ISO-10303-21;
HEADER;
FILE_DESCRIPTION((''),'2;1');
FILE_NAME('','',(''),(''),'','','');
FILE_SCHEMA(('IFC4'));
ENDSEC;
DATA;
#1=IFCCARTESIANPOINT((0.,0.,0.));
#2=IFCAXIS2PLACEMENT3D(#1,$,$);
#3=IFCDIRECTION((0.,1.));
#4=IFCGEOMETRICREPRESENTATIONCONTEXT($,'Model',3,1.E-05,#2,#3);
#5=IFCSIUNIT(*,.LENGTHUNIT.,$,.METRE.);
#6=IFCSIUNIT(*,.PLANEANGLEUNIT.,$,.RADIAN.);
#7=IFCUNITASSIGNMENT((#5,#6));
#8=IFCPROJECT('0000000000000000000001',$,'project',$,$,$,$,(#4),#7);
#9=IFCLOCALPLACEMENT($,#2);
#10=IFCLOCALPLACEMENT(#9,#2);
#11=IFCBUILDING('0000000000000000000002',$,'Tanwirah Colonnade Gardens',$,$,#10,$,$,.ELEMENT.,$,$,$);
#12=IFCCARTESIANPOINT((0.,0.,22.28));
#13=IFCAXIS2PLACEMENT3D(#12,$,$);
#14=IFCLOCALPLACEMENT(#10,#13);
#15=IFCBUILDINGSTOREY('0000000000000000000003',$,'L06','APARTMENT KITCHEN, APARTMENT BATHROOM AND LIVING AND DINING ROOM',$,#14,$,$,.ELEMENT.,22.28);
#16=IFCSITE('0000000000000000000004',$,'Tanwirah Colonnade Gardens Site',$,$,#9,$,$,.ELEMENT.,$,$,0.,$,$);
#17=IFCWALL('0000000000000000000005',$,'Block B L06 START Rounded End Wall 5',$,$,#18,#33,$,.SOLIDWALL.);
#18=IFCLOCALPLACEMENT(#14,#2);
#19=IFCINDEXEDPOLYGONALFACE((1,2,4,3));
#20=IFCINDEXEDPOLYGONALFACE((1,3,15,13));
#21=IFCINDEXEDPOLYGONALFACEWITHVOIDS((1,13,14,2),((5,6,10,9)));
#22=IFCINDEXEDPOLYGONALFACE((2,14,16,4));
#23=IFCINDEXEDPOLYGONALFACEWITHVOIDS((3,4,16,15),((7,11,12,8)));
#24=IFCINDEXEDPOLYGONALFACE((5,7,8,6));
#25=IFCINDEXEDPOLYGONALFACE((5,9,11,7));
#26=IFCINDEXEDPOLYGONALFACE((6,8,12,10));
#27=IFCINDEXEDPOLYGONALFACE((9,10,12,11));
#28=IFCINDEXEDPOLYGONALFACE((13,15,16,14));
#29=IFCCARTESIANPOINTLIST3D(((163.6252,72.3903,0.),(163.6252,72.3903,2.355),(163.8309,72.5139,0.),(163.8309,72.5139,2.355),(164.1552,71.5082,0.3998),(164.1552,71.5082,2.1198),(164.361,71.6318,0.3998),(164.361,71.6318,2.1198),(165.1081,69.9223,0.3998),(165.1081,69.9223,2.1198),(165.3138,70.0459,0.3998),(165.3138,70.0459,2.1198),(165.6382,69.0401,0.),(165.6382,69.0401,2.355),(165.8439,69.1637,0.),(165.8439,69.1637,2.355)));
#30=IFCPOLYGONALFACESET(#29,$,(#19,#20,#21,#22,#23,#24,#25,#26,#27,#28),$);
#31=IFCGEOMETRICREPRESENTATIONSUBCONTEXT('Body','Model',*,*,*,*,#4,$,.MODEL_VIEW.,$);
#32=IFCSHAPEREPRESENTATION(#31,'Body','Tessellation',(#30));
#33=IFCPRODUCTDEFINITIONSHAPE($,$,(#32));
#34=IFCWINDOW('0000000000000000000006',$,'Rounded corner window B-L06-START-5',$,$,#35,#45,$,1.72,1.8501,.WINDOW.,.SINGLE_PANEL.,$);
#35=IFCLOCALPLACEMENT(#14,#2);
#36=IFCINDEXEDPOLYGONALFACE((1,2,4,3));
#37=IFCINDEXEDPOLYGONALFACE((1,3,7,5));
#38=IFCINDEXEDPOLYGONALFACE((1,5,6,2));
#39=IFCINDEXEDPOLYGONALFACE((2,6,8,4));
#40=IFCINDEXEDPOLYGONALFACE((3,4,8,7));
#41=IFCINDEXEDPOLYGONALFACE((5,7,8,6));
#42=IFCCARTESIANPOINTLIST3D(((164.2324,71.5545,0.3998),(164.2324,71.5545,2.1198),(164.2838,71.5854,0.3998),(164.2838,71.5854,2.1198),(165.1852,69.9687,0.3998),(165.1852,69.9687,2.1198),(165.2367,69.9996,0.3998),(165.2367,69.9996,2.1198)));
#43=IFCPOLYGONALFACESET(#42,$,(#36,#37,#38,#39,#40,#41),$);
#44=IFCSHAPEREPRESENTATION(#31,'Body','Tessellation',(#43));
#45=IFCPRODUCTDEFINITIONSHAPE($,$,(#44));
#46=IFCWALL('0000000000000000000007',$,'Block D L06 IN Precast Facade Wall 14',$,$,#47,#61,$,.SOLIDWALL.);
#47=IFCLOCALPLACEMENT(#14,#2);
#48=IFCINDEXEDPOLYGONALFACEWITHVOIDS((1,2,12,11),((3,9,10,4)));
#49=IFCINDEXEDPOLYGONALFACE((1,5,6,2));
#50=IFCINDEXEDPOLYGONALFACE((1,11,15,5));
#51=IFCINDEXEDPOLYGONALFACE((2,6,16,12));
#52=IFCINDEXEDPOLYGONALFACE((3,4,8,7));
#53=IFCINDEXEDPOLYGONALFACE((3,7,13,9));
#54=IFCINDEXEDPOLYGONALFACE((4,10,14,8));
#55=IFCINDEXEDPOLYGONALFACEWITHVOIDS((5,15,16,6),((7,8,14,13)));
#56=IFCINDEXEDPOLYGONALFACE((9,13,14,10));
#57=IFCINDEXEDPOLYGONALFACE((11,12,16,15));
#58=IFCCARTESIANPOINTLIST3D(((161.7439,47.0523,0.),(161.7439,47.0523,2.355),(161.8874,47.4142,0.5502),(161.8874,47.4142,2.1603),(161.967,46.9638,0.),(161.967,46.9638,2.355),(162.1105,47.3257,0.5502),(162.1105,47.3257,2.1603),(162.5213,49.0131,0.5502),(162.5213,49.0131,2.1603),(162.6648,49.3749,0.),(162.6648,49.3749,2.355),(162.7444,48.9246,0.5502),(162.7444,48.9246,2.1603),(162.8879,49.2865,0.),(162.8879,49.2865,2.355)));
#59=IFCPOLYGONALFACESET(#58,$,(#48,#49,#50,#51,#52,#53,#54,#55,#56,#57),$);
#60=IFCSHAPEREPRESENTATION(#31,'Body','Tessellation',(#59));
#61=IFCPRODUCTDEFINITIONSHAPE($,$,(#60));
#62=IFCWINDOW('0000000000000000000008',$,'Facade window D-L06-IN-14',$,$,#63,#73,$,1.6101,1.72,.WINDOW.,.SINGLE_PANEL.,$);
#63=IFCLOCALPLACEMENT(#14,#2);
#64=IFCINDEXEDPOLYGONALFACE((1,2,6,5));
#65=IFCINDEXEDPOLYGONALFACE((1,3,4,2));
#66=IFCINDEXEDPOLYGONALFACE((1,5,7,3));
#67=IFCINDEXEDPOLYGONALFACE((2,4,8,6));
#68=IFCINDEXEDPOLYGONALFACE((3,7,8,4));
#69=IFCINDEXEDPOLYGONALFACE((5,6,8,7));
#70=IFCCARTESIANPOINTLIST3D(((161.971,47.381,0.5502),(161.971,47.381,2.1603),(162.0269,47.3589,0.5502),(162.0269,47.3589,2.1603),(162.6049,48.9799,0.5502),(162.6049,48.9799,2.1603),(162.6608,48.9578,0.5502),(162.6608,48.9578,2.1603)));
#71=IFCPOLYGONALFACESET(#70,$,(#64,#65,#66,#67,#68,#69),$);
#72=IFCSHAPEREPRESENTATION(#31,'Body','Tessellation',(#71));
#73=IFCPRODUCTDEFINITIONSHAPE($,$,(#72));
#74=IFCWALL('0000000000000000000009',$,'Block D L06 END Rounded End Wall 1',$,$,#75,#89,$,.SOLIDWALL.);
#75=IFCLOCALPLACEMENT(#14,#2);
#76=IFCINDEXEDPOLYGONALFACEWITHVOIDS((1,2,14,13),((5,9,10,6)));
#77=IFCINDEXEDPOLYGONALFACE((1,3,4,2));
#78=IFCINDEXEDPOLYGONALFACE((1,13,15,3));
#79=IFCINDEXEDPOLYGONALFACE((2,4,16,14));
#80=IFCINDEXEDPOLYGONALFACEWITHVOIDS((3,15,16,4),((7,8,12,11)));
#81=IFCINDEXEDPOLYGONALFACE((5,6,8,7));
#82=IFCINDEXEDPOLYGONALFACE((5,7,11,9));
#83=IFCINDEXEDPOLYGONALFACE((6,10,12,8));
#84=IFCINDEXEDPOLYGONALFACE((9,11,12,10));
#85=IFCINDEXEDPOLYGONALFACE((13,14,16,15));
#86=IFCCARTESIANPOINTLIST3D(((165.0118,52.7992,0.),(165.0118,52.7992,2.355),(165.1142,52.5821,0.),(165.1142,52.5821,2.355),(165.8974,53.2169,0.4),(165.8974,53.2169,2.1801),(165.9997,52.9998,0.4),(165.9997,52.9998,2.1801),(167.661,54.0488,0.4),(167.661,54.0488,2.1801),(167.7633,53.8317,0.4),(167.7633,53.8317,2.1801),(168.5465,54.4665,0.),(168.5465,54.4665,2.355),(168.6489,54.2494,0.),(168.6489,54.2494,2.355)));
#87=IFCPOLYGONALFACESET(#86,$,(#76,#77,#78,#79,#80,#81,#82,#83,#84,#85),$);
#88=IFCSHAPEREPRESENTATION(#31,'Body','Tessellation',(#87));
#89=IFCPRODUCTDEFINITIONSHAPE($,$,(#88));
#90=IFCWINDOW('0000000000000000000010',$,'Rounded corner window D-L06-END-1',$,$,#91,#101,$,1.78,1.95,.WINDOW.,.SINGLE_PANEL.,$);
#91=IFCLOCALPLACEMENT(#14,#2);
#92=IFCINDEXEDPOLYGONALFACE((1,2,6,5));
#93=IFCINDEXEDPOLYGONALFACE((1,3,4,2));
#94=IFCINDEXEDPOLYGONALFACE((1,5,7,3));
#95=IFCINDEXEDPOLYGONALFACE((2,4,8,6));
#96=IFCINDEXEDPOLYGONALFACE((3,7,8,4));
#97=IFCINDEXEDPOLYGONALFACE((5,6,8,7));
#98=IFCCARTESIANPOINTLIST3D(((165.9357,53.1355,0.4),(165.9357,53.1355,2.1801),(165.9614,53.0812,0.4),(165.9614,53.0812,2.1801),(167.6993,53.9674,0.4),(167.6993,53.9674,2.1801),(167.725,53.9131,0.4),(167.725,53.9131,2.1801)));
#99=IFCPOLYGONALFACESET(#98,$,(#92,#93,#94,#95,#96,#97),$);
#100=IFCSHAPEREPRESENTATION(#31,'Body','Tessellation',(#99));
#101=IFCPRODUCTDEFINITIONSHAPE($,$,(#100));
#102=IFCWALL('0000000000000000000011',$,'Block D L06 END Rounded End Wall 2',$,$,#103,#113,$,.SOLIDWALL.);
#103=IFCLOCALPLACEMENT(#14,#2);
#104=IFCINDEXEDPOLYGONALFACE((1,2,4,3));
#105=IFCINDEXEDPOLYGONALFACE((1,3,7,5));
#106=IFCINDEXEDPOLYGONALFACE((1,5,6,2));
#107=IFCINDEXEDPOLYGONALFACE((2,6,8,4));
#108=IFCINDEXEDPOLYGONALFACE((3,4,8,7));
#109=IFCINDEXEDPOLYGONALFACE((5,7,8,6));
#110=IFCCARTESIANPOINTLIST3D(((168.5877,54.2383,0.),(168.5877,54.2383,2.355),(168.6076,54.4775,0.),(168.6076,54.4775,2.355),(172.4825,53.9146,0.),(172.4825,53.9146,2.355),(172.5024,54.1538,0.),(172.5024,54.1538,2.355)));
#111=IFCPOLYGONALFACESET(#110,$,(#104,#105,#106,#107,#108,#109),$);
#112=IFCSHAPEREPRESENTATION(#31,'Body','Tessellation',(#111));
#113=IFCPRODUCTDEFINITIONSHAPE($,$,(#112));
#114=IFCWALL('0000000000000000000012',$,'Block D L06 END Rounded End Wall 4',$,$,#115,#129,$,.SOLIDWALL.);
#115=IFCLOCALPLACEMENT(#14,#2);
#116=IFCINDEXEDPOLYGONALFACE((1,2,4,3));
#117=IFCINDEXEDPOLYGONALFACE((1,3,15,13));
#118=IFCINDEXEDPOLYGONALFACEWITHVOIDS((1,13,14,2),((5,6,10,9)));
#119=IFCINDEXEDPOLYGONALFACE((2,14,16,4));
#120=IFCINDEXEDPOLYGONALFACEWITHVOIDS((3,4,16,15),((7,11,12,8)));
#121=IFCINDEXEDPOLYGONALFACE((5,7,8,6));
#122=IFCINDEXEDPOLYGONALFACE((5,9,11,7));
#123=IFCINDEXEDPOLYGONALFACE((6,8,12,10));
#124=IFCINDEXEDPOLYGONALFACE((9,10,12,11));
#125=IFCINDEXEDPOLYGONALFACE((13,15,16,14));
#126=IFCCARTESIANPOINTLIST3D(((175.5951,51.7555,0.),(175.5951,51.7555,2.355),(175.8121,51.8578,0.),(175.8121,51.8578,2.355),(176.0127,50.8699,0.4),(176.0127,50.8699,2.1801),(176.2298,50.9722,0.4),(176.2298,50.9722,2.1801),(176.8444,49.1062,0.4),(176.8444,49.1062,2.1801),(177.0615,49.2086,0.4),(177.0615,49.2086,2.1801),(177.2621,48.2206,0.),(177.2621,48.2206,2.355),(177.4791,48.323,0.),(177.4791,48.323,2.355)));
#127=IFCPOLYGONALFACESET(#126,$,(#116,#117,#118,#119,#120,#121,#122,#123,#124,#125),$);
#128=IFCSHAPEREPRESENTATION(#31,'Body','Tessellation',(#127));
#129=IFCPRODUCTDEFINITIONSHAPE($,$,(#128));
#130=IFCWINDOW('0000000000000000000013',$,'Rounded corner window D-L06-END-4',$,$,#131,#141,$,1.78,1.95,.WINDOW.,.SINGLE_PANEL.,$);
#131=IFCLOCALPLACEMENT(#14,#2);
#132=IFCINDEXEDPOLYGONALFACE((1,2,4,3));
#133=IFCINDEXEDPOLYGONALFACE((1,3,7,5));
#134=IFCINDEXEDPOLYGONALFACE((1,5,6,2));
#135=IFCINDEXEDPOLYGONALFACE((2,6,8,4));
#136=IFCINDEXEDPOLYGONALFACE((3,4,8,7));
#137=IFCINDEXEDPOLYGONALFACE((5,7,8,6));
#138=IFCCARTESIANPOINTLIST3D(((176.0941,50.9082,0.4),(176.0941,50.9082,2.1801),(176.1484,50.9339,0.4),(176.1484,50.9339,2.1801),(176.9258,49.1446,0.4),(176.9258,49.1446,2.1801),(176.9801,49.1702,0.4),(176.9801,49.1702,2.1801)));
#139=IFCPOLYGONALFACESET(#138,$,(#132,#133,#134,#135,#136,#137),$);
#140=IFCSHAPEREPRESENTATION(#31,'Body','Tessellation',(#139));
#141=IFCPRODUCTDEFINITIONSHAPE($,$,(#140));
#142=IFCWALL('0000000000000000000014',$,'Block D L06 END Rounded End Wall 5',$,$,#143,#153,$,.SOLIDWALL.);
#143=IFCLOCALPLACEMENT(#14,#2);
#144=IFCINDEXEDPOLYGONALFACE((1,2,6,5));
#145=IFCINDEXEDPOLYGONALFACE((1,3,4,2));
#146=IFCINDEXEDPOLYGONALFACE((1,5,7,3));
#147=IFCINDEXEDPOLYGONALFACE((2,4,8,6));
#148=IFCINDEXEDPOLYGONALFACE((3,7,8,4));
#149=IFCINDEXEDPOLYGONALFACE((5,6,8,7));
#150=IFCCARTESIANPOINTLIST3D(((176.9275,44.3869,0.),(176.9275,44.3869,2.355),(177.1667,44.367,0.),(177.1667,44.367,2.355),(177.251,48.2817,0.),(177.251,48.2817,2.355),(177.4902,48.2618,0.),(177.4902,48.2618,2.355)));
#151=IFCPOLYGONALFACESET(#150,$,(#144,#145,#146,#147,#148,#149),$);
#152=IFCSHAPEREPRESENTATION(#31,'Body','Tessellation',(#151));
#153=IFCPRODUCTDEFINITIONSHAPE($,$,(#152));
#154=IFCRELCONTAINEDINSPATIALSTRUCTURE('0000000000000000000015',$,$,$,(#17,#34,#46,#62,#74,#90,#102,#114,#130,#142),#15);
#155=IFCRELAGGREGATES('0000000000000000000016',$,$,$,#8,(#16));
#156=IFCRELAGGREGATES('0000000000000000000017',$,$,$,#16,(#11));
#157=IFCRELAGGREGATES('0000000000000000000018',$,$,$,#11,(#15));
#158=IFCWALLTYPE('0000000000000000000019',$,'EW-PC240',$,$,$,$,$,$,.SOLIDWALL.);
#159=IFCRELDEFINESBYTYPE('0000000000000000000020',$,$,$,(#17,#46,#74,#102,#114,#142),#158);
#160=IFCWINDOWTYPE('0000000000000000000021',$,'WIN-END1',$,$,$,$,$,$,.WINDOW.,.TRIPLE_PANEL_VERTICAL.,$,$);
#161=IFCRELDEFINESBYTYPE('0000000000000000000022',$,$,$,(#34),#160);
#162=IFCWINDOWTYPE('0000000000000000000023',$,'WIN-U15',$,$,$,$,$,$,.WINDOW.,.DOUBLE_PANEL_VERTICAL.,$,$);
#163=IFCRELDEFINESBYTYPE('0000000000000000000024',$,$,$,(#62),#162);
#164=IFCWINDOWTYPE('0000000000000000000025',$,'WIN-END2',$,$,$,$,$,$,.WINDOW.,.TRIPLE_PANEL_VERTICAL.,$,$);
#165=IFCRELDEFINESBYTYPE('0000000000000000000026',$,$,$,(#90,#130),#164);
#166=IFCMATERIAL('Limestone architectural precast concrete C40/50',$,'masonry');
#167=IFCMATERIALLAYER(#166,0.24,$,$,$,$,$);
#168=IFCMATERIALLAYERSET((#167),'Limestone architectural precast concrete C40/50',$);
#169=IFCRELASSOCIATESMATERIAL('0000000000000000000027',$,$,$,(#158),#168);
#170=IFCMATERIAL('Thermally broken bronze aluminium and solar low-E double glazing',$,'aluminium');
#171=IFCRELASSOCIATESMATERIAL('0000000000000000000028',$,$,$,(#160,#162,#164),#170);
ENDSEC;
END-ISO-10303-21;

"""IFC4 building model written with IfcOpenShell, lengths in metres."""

from ifc_helpers import new_model, si_unit, direction, frame, frame_2d, origin, place, context, subcontext, project, spatial, rectangle, extrude, material, layer, layer_set, type_object, element, fill, save


model = new_model("IFC4")

# Units and contexts
model_context = context("Model", 3, precision=1e-05, world=origin(), true_north=direction((0.0, 1.0)))
body_context = subcontext(model_context, "Body", "Model", "MODEL_VIEW")
ifc_project = project(units=[si_unit("LENGTHUNIT", "METRE"), si_unit("PLANEANGLEUNIT", "RADIAN")], contexts=[model_context])

# Site, building, storey
site_placement = place(None, origin())
site = spatial("IfcSite", under=ifc_project, at=site_placement, Name="Tanwirah Colonnade Gardens Site", CompositionType="ELEMENT", RefElevation=0.0)
building_placement = place(site_placement, origin())
building = spatial("IfcBuilding", under=site, at=building_placement, Name="Tanwirah Colonnade Gardens", CompositionType="ELEMENT")
storey_placement = place(building_placement, frame((0.0, 0.0, 22.28)))
storey = spatial("IfcBuildingStorey", under=building, at=storey_placement, Name="L06", Description="APARTMENT KITCHEN, APARTMENT BATHROOM AND LIVING AND DINING ROOM", CompositionType="ELEMENT", Elevation=22.28)

# Shared definitions
ifc_material_1 = material(Name="Limestone architectural precast concrete C40/50", Category="masonry")
ifc_layer_1 = layer(ifc_material_1, 0.24)
ifc_layer_set_1 = layer_set([ifc_layer_1], Name="Limestone architectural precast concrete C40/50")
wall_type_1 = type_object("IfcWallType", Name="EW-PC240", PredefinedType="SOLIDWALL", material=ifc_layer_set_1)
ifc_material_2 = material(Name="Thermally broken bronze aluminium and solar low-E double glazing", Category="aluminium")

# Shared definitions
window_type_1 = type_object("IfcWindowType", Name="WIN-END1", PartitioningType="TRIPLE_PANEL_VERTICAL", PredefinedType="WINDOW", material=ifc_material_2)

# Walls, openings, windows
wall_1_placement = place(storey_placement, frame((165.741, 69.1021, 0.0), z_axis=(0.0, 0.0, 1.0), x_axis=(-0.515038, 0.857168, 0.0)))
wall_1 = element("IfcWall", 1, at=wall_1_placement, inside=storey, type_object=wall_type_1, Name="Block B L06 START Rounded End Wall 5", PredefinedType="SOLIDWALL", context=body_context, shape_type="SweptSolid", body=[
    extrude(rectangle(XDim=3.9084, YDim=0.24, at=frame_2d((1.9541, 0.0))), origin(), (0.0, 0.0, 1.0), 2.355),
])
opening_1_placement = place(wall_1_placement, frame((1.0291, 0.0, 0.3999)))
opening_1 = element("IfcOpeningElement", 2, at=opening_1_placement, cuts=wall_1, PredefinedType="OPENING", context=body_context, shape_type="SweptSolid", body=[
    extrude(rectangle(XDim=1.8501, YDim=1.72, at=frame_2d((0.925, 0.8599))), frame((0.0, 0.1299, 0.0), z_axis=(0.0, -1.0, 0.0), x_axis=(1.0, 0.0, 0.0)), (0.0, 0.0, 1.0), 0.26),
])
window_1_placement = place(opening_1_placement, origin())
window_1 = element("IfcWindow", 3, at=window_1_placement, inside=storey, type_object=window_type_1, Name="Rounded corner window B-L06-START-5", OverallHeight=1.72, OverallWidth=1.8501, PartitioningType="SINGLE_PANEL", PredefinedType="WINDOW", context=body_context, shape_type="SweptSolid", body=[
    extrude(rectangle(XDim=1.8501, YDim=1.72, at=frame_2d((0.925, 0.8599))), frame((0.0, 0.03, 0.0), z_axis=(0.0, -1.0, 0.0), x_axis=(1.0, 0.0, 0.0)), (0.0, 0.0, 1.0), 0.0601),
])
fill(opening_1, window_1)
wall_2_placement = place(storey_placement, frame((161.8555, 47.0081, 0.0), z_axis=(0.0, 0.0, 1.0), x_axis=(0.368559, 0.929604, 0.0)))
wall_2 = element("IfcWall", 4, at=wall_2_placement, inside=storey, type_object=wall_type_1, Name="Block D L06 IN Precast Facade Wall 14", PredefinedType="SOLIDWALL", context=body_context, shape_type="SweptSolid", body=[
    extrude(rectangle(XDim=2.4985, YDim=0.24, at=frame_2d((1.2493, 0.0))), origin(), (0.0, 0.0, 1.0), 2.355),
])
opening_2_placement = place(wall_2_placement, frame((0.3894, 0.0, 0.55)))
opening_2 = element("IfcOpeningElement", 5, at=opening_2_placement, cuts=wall_2, PredefinedType="OPENING", context=body_context, shape_type="SweptSolid", body=[
    extrude(rectangle(XDim=1.72, YDim=1.6101, at=frame_2d((0.8599, 0.8052))), frame((0.0, 0.1299, 0.0), z_axis=(0.0, -1.0, 0.0), x_axis=(1.0, 0.0, 0.0)), (0.0, 0.0, 1.0), 0.26),
])
window_type_2 = type_object("IfcWindowType", Name="WIN-U15", PartitioningType="DOUBLE_PANEL_VERTICAL", PredefinedType="WINDOW", material=ifc_material_2)
window_2_placement = place(opening_2_placement, origin())
window_2 = element("IfcWindow", 6, at=window_2_placement, inside=storey, type_object=window_type_2, Name="Facade window D-L06-IN-14", OverallHeight=1.6101, OverallWidth=1.72, PartitioningType="SINGLE_PANEL", PredefinedType="WINDOW", context=body_context, shape_type="SweptSolid", body=[
    extrude(rectangle(XDim=1.72, YDim=1.6101, at=frame_2d((0.8599, 0.8052))), frame((0.0, 0.03, 0.0), z_axis=(0.0, -1.0, 0.0), x_axis=(1.0, 0.0, 0.0)), (0.0, 0.0, 1.0), 0.0601),
])
fill(opening_2, window_2)
wall_3_placement = place(storey_placement, frame((165.063, 52.6907, 0.0), z_axis=(0.0, 0.0, 1.0), x_axis=(0.904438, 0.426606, 0.0)))
wall_3 = element("IfcWall", 7, at=wall_3_placement, inside=storey, type_object=wall_type_1, Name="Block D L06 END Rounded End Wall 1", PredefinedType="SOLIDWALL", context=body_context, shape_type="SweptSolid", body=[
    extrude(rectangle(XDim=3.9082, YDim=0.24, at=frame_2d((1.9541, 0.0))), origin(), (0.0, 0.0, 1.0), 2.355),
])
opening_3_placement = place(wall_3_placement, frame((0.979, 0.0, 0.3999)))
opening_3 = element("IfcOpeningElement", 8, at=opening_3_placement, cuts=wall_3, PredefinedType="OPENING", context=body_context, shape_type="SweptSolid", body=[
    extrude(rectangle(XDim=1.95, YDim=1.78, at=frame_2d((0.9751, 0.8901))), frame((0.0, 0.1299, 0.0), z_axis=(0.0, -1.0, 0.0), x_axis=(1.0, 0.0, 0.0)), (0.0, 0.0, 1.0), 0.26),
])
window_type_3 = type_object("IfcWindowType", Name="WIN-END2", PartitioningType="TRIPLE_PANEL_VERTICAL", PredefinedType="WINDOW", material=ifc_material_2)
window_3_placement = place(opening_3_placement, origin())
window_3 = element("IfcWindow", 9, at=window_3_placement, inside=storey, type_object=window_type_3, Name="Rounded corner window D-L06-END-1", OverallHeight=1.78, OverallWidth=1.95, PartitioningType="SINGLE_PANEL", PredefinedType="WINDOW", context=body_context, shape_type="SweptSolid", body=[
    extrude(rectangle(XDim=1.95, YDim=1.78, at=frame_2d((0.9751, 0.8901))), frame((0.0, 0.03, 0.0), z_axis=(0.0, -1.0, 0.0), x_axis=(1.0, 0.0, 0.0)), (0.0, 0.0, 1.0), 0.0601),
])
fill(opening_3, window_3)

# Wall
wall_4_placement = place(storey_placement, frame((168.5977, 54.3579, 0.0), z_axis=(0.0, 0.0, 1.0), x_axis=(0.996563, -0.082834, 0.0)))
element("IfcWall", 10, at=wall_4_placement, inside=storey, type_object=wall_type_1, Name="Block D L06 END Rounded End Wall 2", PredefinedType="SOLIDWALL", context=body_context, shape_type="SweptSolid", body=[
    extrude(rectangle(XDim=3.9082, YDim=0.24, at=frame_2d((1.9541, 0.0))), origin(), (0.0, 0.0, 1.0), 2.355),
])

# Wall, opening, window
wall_5_placement = place(storey_placement, frame((175.7036, 51.8066, 0.0), z_axis=(0.0, 0.0, 1.0), x_axis=(0.426531, -0.904473, 0.0)))
wall_5 = element("IfcWall", 11, at=wall_5_placement, inside=storey, type_object=wall_type_1, Name="Block D L06 END Rounded End Wall 4", PredefinedType="SOLIDWALL", context=body_context, shape_type="SweptSolid", body=[
    extrude(rectangle(XDim=3.9082, YDim=0.24, at=frame_2d((1.9541, 0.0))), origin(), (0.0, 0.0, 1.0), 2.355),
])
opening_4_placement = place(wall_5_placement, frame((0.979, 0.0, 0.3999)))
opening_4 = element("IfcOpeningElement", 12, at=opening_4_placement, cuts=wall_5, PredefinedType="OPENING", context=body_context, shape_type="SweptSolid", body=[
    extrude(rectangle(XDim=1.95, YDim=1.78, at=frame_2d((0.9751, 0.8901))), frame((0.0, 0.1299, 0.0), z_axis=(0.0, -1.0, 0.0), x_axis=(1.0, 0.0, 0.0)), (0.0, 0.0, 1.0), 0.26),
])
window_4_placement = place(opening_4_placement, origin())
window_4 = element("IfcWindow", 13, at=window_4_placement, inside=storey, type_object=window_type_3, Name="Rounded corner window D-L06-END-4", OverallHeight=1.78, OverallWidth=1.95, PartitioningType="SINGLE_PANEL", PredefinedType="WINDOW", context=body_context, shape_type="SweptSolid", body=[
    extrude(rectangle(XDim=1.95, YDim=1.78, at=frame_2d((0.9751, 0.8901))), frame((0.0, 0.03, 0.0), z_axis=(0.0, -1.0, 0.0), x_axis=(1.0, 0.0, 0.0)), (0.0, 0.0, 1.0), 0.0601),
])
fill(opening_4, window_4)

# Wall
wall_6_placement = place(storey_placement, frame((177.3706, 48.2717, 0.0), z_axis=(0.0, 0.0, 1.0), x_axis=(-0.082771, -0.996569, 0.0)))
element("IfcWall", 14, at=wall_6_placement, inside=storey, type_object=wall_type_1, Name="Block D L06 END Rounded End Wall 5", PredefinedType="SOLIDWALL", context=body_context, shape_type="SweptSolid", body=[
    extrude(rectangle(XDim=3.9082, YDim=0.24, at=frame_2d((1.9541, 0.0))), origin(), (0.0, 0.0, 1.0), 2.355),
])

save(model, "model.ifc")
